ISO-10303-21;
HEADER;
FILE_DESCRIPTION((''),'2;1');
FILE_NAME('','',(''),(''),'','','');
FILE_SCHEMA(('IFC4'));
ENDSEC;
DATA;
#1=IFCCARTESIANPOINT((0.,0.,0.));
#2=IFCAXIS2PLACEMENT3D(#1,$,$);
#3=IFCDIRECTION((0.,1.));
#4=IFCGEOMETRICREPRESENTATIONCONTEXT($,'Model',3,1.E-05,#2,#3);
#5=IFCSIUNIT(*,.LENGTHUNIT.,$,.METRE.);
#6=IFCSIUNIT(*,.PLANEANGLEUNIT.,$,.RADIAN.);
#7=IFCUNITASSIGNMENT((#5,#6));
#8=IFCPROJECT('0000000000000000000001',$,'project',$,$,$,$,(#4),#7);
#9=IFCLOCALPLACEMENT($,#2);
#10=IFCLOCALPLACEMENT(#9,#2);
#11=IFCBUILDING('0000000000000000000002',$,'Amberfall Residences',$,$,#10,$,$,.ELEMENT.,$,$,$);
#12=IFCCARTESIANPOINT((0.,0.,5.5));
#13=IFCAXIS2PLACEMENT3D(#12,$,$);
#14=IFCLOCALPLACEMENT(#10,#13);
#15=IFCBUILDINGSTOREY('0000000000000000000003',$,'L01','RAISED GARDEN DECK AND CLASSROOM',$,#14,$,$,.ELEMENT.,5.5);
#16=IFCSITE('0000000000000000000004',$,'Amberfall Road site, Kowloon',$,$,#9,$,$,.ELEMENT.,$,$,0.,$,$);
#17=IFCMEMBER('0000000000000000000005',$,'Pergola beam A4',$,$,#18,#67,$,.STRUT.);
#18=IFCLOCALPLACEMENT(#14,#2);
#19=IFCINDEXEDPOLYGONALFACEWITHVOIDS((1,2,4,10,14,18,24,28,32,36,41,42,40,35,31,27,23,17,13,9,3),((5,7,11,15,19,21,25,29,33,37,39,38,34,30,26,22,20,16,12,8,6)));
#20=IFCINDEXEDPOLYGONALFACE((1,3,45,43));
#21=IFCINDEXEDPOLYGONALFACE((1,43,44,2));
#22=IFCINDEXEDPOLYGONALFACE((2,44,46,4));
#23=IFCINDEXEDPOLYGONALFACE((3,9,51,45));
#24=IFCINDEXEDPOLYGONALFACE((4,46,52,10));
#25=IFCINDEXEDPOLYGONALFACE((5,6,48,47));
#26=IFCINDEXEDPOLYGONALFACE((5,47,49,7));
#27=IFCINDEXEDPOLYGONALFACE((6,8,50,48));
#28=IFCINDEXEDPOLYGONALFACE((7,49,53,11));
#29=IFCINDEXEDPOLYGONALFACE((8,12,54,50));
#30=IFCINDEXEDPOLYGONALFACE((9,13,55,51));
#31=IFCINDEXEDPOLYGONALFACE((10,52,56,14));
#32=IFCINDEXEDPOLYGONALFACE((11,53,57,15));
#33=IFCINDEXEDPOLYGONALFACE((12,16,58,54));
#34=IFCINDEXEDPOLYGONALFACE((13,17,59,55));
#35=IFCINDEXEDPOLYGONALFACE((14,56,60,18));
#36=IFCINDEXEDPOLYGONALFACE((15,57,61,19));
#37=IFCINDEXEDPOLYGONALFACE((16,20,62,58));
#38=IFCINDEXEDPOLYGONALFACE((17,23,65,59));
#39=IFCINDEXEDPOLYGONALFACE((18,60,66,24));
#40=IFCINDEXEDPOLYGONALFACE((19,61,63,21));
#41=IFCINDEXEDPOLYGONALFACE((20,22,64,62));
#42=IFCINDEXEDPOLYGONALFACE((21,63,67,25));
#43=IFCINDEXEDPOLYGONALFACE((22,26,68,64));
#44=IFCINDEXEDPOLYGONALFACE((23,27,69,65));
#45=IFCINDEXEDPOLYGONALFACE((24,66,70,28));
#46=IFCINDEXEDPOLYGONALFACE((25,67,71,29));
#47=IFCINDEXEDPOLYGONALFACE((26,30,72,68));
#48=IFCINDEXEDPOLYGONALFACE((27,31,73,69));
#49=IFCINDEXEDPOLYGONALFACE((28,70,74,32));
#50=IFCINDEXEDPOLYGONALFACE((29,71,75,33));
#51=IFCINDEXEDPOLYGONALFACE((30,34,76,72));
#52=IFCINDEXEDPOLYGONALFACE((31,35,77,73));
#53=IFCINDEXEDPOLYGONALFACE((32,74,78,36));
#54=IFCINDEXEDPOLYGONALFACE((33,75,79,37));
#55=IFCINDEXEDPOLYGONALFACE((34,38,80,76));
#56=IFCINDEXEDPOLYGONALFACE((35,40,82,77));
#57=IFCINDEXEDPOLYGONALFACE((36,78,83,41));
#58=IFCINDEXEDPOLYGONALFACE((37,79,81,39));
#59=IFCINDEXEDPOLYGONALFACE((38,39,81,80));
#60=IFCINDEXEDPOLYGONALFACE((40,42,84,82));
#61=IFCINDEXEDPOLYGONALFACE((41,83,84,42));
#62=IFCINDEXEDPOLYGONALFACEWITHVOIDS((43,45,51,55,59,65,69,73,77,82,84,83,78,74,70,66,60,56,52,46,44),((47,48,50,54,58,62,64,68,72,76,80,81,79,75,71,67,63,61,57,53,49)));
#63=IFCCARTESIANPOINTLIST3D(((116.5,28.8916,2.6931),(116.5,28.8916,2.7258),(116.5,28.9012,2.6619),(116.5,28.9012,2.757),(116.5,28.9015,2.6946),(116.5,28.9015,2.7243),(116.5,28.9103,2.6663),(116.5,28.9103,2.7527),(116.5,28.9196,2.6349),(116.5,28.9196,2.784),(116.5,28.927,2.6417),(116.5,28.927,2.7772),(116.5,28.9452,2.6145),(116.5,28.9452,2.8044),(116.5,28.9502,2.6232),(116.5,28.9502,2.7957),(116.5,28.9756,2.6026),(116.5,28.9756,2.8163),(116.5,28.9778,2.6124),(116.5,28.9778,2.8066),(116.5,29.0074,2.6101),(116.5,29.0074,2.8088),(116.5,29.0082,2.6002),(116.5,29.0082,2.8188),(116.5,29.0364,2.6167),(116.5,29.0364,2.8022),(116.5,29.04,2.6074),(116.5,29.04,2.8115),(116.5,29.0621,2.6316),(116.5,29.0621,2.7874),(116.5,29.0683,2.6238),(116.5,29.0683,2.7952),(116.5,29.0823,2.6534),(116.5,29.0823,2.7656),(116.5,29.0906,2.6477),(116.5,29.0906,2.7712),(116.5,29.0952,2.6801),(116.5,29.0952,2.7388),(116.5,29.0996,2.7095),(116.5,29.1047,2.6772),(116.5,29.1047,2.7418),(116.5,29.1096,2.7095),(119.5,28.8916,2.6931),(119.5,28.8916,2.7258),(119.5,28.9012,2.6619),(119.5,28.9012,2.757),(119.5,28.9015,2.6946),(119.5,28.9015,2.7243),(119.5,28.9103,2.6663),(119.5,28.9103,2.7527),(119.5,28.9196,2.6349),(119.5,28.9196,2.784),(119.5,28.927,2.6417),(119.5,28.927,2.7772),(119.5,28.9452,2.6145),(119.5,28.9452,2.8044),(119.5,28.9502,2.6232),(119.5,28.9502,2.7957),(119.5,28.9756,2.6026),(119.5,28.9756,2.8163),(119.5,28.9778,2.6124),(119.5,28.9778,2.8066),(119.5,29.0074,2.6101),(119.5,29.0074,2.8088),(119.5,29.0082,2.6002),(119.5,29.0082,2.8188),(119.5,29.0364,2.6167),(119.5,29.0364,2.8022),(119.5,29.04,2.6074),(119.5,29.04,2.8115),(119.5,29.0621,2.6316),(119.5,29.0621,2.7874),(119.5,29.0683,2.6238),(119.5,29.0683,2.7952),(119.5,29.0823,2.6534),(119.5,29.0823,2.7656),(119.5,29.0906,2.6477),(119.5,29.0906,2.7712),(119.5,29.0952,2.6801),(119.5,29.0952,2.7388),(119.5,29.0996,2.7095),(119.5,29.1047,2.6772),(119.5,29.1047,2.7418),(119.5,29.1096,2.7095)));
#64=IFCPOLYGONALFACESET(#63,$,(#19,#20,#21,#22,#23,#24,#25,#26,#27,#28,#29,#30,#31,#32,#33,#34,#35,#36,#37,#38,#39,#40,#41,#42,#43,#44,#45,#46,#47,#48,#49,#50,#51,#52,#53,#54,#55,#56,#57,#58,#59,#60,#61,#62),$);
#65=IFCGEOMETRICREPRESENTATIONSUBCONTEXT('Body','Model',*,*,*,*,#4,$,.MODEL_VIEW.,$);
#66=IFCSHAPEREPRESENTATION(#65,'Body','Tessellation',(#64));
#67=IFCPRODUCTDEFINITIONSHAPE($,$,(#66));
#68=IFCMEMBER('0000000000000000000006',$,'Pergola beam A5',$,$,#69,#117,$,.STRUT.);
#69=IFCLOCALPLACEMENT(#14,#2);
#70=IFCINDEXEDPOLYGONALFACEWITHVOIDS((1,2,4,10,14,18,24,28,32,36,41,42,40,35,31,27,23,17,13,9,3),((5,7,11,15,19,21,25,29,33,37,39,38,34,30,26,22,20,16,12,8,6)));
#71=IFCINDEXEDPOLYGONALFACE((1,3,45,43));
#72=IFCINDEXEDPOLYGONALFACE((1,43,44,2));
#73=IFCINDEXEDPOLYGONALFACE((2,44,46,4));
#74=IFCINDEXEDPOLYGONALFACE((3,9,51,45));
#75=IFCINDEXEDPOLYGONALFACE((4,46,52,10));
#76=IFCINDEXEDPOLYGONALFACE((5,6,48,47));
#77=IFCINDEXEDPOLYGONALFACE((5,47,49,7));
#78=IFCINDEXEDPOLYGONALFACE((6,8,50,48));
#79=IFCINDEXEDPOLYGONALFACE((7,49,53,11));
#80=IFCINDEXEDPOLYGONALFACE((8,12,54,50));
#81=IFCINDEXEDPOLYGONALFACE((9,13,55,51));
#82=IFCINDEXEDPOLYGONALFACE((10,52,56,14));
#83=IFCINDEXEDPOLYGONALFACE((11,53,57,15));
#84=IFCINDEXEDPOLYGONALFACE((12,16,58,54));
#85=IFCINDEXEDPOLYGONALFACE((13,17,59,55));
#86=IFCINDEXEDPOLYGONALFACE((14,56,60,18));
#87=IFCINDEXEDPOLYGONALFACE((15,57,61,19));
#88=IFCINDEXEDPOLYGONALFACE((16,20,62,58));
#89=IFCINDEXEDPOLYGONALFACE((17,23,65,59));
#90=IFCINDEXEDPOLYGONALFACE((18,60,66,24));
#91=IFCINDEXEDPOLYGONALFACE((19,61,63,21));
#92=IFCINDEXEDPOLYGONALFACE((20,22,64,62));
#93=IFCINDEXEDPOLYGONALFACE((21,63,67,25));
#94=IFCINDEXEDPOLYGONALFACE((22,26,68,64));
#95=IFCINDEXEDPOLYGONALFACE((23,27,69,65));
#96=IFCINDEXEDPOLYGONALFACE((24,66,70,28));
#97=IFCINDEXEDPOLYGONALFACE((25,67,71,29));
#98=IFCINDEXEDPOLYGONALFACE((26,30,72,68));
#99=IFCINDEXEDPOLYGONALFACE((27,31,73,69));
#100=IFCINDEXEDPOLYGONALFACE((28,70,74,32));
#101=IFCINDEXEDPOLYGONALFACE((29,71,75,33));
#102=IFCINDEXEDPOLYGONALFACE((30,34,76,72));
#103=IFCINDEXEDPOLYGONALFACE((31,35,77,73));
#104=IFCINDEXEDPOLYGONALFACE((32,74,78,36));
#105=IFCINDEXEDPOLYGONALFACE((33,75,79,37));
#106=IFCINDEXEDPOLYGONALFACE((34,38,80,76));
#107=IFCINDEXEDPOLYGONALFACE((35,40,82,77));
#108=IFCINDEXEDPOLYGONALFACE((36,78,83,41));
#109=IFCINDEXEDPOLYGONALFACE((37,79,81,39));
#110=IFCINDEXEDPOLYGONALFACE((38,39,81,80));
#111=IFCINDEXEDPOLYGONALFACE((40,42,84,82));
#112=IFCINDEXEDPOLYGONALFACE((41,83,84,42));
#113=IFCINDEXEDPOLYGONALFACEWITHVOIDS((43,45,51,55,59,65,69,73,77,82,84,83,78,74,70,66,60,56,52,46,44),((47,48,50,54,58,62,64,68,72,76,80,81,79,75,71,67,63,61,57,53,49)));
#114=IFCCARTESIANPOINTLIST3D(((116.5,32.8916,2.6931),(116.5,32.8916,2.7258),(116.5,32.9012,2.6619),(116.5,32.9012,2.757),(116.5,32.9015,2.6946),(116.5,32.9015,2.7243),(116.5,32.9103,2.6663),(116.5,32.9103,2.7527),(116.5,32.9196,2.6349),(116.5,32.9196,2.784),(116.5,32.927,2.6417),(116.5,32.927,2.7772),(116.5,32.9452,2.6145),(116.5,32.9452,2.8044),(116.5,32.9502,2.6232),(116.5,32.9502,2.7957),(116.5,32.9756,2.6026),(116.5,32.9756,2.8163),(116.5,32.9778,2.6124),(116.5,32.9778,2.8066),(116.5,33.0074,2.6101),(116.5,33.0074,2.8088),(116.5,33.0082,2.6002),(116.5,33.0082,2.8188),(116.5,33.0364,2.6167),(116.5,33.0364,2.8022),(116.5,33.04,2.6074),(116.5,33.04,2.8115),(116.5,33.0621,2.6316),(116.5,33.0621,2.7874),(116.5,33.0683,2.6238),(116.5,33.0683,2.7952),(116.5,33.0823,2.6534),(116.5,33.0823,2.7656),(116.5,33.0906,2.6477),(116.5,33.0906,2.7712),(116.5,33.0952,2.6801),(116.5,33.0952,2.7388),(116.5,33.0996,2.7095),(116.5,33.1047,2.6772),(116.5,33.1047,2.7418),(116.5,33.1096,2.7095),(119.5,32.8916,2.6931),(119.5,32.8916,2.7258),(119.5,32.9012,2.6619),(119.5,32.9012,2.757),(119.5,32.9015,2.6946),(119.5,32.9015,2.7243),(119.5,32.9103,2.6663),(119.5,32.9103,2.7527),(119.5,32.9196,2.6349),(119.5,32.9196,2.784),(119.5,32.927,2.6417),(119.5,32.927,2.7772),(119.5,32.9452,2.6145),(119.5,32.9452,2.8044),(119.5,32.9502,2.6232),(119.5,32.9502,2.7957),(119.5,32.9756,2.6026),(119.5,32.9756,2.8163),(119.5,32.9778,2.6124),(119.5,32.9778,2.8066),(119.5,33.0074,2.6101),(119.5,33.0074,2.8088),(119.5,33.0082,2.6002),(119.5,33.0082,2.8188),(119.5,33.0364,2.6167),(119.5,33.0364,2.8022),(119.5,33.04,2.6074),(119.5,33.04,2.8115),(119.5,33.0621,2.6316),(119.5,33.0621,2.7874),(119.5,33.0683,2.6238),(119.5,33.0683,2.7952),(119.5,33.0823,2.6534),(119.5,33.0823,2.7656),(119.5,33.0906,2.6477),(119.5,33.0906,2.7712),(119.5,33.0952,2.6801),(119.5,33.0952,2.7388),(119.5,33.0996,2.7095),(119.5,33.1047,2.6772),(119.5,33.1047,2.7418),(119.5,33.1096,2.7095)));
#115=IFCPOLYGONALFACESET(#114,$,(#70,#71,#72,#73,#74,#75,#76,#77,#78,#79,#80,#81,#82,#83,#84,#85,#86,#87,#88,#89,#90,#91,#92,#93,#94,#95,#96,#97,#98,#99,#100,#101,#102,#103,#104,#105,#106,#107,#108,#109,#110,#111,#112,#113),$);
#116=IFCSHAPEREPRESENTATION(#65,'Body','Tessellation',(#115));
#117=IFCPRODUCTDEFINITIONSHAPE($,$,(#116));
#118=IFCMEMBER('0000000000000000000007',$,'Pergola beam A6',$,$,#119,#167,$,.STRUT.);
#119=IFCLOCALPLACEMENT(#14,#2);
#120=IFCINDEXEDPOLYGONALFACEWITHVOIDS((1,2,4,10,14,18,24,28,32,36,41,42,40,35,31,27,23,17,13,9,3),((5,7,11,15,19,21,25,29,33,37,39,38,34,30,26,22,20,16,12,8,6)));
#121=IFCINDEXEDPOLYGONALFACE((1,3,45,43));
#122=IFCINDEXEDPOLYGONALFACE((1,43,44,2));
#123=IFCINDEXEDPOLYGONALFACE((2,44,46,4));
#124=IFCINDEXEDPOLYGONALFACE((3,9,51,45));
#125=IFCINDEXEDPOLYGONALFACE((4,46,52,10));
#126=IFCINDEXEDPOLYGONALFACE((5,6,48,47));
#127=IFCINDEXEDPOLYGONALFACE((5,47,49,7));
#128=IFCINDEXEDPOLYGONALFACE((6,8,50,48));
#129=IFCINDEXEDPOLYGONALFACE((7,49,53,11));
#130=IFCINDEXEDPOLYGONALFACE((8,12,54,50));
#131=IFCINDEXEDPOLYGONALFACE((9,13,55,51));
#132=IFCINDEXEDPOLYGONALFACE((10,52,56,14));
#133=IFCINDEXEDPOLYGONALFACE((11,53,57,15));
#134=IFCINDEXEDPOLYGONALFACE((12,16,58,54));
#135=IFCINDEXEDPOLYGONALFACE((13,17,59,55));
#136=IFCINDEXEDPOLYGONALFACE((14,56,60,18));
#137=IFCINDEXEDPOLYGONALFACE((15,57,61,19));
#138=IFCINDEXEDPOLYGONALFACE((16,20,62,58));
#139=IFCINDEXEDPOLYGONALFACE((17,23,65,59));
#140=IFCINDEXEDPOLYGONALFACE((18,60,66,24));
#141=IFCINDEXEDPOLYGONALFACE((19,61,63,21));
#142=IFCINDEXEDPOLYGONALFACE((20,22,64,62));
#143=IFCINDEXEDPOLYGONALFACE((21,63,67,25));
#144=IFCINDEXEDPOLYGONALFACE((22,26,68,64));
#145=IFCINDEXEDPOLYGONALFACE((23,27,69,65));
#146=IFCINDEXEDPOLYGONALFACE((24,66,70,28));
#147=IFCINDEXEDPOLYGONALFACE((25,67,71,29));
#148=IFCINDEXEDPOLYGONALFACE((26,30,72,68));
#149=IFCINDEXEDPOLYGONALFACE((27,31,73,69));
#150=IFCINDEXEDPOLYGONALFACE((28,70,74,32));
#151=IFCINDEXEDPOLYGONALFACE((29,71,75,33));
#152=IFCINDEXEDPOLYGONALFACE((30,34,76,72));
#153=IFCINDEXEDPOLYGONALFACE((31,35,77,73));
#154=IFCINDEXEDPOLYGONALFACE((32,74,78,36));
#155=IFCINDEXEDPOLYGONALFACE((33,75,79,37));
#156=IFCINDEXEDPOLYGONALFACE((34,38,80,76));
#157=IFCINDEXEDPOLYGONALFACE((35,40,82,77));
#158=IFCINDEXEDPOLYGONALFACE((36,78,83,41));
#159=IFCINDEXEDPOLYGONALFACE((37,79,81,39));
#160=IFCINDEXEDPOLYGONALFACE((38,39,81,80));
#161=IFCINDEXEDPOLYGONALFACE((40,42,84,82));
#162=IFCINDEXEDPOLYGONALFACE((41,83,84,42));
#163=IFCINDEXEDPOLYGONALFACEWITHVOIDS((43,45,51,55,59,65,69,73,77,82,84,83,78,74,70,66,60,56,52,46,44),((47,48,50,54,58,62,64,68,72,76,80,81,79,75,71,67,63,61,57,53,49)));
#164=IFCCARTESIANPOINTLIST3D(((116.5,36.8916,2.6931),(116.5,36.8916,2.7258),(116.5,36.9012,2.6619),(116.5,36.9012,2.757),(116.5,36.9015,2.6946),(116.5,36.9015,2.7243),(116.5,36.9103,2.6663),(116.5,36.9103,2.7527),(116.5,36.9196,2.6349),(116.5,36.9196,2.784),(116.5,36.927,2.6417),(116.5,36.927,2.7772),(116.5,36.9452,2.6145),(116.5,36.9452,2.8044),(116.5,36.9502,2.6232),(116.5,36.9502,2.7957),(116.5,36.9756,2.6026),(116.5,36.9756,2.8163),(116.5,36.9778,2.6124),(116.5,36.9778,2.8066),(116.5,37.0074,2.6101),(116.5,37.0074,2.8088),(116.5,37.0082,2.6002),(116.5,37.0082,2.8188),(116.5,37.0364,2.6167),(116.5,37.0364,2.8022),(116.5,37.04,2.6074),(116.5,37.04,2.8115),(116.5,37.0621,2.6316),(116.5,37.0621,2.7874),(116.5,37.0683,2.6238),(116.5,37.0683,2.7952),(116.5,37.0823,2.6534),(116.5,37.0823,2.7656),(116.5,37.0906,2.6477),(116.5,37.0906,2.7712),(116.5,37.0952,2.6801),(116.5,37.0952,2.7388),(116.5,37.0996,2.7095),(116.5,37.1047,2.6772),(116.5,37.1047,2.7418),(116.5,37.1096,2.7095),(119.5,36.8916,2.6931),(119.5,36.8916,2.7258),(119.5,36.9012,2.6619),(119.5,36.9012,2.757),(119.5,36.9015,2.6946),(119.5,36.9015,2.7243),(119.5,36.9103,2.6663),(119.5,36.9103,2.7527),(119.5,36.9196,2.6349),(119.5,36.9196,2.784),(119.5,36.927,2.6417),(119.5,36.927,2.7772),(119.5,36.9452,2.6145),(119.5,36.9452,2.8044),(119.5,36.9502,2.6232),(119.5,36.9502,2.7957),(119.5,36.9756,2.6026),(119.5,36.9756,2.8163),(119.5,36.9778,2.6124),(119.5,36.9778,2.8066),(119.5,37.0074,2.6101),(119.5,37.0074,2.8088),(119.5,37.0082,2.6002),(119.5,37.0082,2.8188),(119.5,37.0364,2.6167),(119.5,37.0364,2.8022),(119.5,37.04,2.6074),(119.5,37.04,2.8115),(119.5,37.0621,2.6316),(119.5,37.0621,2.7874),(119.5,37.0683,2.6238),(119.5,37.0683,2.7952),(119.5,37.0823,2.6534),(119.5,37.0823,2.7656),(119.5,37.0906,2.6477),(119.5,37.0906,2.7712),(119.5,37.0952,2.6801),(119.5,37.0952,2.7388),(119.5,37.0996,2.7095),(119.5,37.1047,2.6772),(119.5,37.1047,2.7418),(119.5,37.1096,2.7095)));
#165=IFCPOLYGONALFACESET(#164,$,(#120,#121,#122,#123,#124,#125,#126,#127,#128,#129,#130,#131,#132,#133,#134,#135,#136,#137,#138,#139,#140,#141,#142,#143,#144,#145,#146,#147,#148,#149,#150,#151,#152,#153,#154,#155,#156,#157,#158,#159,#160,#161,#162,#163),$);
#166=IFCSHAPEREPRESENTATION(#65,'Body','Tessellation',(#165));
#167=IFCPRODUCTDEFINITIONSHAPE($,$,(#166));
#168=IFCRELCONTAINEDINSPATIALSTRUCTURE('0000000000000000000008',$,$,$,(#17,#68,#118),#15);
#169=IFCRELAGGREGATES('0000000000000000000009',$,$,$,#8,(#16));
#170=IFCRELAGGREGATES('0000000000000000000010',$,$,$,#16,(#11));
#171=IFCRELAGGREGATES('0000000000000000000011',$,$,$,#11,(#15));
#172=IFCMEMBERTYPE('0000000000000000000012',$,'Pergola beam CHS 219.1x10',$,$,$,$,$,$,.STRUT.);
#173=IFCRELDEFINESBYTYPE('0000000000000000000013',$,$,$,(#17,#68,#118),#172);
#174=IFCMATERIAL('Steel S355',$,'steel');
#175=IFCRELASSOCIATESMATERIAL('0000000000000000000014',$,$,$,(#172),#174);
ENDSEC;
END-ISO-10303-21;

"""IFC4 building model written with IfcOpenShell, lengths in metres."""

from ifc_helpers import new_model, si_unit, direction, frame, origin, origin_2d, place, context, subcontext, project, spatial, hollow_circle, extrude, material, material_profile, profile_set, type_object, element, save


model = new_model("IFC4")

# Units and contexts
model_context = context("Model", 3, precision=1e-05, world=origin(), true_north=direction((0.0, 1.0)))
body_context = subcontext(model_context, "Body", "Model", "MODEL_VIEW")
ifc_project = project(units=[si_unit("LENGTHUNIT", "METRE"), si_unit("PLANEANGLEUNIT", "RADIAN")], contexts=[model_context])

# Site, building, storey
site_placement = place(None, origin())
site = spatial("IfcSite", under=ifc_project, at=site_placement, Name="Amberfall Road site, Kowloon", CompositionType="ELEMENT", RefElevation=0.0)
building_placement = place(site_placement, origin())
building = spatial("IfcBuilding", under=site, at=building_placement, Name="Amberfall Residences", CompositionType="ELEMENT")
storey_placement = place(building_placement, frame((0.0, 0.0, 5.5)))
storey = spatial("IfcBuildingStorey", under=building, at=storey_placement, Name="L01", Description="RAISED GARDEN DECK AND CLASSROOM", CompositionType="ELEMENT", Elevation=5.5)

# Members
ifc_material_1 = material(Name="Steel S355", Category="steel")
ifc_material_profile_1 = material_profile(ifc_material_1, hollow_circle(Radius=0.1096, WallThickness=0.01, at=origin_2d()), Name="CHS 219.1x10")
ifc_profile_set_1 = profile_set([ifc_material_profile_1], Name="Steel S355")
member_type_1 = type_object("IfcMemberType", Name="Pergola beam CHS 219.1x10", PredefinedType="STRUT", material=ifc_profile_set_1)
for number, where, z_axis, x_axis, name in (
    (1, (116.5, 29.0, 2.7095), (1.0, 0.0, 0.0), (0.0, 1.0, 0.0), "Pergola beam A4"),
    (2, (116.5, 33.0, 2.7095), (1.0, 0.0, 0.0), (0.0, 1.0, 0.0), "Pergola beam A5"),
    (3, (116.5, 37.0, 2.7095), (1.0, 0.0, 0.0), (0.0, 1.0, 0.0), "Pergola beam A6"),
):
    element("IfcMember", number, at=place(storey_placement, frame(where, z_axis=z_axis, x_axis=x_axis)), inside=storey, type_object=member_type_1, Name=name, PredefinedType="STRUT", context=body_context, shape_type="SweptSolid", body=[
        extrude(hollow_circle(Radius=0.1096, WallThickness=0.01, at=origin_2d()), origin(), (0.0, 0.0, 1.0), 3.0),
    ])

save(model, "model.ifc")
